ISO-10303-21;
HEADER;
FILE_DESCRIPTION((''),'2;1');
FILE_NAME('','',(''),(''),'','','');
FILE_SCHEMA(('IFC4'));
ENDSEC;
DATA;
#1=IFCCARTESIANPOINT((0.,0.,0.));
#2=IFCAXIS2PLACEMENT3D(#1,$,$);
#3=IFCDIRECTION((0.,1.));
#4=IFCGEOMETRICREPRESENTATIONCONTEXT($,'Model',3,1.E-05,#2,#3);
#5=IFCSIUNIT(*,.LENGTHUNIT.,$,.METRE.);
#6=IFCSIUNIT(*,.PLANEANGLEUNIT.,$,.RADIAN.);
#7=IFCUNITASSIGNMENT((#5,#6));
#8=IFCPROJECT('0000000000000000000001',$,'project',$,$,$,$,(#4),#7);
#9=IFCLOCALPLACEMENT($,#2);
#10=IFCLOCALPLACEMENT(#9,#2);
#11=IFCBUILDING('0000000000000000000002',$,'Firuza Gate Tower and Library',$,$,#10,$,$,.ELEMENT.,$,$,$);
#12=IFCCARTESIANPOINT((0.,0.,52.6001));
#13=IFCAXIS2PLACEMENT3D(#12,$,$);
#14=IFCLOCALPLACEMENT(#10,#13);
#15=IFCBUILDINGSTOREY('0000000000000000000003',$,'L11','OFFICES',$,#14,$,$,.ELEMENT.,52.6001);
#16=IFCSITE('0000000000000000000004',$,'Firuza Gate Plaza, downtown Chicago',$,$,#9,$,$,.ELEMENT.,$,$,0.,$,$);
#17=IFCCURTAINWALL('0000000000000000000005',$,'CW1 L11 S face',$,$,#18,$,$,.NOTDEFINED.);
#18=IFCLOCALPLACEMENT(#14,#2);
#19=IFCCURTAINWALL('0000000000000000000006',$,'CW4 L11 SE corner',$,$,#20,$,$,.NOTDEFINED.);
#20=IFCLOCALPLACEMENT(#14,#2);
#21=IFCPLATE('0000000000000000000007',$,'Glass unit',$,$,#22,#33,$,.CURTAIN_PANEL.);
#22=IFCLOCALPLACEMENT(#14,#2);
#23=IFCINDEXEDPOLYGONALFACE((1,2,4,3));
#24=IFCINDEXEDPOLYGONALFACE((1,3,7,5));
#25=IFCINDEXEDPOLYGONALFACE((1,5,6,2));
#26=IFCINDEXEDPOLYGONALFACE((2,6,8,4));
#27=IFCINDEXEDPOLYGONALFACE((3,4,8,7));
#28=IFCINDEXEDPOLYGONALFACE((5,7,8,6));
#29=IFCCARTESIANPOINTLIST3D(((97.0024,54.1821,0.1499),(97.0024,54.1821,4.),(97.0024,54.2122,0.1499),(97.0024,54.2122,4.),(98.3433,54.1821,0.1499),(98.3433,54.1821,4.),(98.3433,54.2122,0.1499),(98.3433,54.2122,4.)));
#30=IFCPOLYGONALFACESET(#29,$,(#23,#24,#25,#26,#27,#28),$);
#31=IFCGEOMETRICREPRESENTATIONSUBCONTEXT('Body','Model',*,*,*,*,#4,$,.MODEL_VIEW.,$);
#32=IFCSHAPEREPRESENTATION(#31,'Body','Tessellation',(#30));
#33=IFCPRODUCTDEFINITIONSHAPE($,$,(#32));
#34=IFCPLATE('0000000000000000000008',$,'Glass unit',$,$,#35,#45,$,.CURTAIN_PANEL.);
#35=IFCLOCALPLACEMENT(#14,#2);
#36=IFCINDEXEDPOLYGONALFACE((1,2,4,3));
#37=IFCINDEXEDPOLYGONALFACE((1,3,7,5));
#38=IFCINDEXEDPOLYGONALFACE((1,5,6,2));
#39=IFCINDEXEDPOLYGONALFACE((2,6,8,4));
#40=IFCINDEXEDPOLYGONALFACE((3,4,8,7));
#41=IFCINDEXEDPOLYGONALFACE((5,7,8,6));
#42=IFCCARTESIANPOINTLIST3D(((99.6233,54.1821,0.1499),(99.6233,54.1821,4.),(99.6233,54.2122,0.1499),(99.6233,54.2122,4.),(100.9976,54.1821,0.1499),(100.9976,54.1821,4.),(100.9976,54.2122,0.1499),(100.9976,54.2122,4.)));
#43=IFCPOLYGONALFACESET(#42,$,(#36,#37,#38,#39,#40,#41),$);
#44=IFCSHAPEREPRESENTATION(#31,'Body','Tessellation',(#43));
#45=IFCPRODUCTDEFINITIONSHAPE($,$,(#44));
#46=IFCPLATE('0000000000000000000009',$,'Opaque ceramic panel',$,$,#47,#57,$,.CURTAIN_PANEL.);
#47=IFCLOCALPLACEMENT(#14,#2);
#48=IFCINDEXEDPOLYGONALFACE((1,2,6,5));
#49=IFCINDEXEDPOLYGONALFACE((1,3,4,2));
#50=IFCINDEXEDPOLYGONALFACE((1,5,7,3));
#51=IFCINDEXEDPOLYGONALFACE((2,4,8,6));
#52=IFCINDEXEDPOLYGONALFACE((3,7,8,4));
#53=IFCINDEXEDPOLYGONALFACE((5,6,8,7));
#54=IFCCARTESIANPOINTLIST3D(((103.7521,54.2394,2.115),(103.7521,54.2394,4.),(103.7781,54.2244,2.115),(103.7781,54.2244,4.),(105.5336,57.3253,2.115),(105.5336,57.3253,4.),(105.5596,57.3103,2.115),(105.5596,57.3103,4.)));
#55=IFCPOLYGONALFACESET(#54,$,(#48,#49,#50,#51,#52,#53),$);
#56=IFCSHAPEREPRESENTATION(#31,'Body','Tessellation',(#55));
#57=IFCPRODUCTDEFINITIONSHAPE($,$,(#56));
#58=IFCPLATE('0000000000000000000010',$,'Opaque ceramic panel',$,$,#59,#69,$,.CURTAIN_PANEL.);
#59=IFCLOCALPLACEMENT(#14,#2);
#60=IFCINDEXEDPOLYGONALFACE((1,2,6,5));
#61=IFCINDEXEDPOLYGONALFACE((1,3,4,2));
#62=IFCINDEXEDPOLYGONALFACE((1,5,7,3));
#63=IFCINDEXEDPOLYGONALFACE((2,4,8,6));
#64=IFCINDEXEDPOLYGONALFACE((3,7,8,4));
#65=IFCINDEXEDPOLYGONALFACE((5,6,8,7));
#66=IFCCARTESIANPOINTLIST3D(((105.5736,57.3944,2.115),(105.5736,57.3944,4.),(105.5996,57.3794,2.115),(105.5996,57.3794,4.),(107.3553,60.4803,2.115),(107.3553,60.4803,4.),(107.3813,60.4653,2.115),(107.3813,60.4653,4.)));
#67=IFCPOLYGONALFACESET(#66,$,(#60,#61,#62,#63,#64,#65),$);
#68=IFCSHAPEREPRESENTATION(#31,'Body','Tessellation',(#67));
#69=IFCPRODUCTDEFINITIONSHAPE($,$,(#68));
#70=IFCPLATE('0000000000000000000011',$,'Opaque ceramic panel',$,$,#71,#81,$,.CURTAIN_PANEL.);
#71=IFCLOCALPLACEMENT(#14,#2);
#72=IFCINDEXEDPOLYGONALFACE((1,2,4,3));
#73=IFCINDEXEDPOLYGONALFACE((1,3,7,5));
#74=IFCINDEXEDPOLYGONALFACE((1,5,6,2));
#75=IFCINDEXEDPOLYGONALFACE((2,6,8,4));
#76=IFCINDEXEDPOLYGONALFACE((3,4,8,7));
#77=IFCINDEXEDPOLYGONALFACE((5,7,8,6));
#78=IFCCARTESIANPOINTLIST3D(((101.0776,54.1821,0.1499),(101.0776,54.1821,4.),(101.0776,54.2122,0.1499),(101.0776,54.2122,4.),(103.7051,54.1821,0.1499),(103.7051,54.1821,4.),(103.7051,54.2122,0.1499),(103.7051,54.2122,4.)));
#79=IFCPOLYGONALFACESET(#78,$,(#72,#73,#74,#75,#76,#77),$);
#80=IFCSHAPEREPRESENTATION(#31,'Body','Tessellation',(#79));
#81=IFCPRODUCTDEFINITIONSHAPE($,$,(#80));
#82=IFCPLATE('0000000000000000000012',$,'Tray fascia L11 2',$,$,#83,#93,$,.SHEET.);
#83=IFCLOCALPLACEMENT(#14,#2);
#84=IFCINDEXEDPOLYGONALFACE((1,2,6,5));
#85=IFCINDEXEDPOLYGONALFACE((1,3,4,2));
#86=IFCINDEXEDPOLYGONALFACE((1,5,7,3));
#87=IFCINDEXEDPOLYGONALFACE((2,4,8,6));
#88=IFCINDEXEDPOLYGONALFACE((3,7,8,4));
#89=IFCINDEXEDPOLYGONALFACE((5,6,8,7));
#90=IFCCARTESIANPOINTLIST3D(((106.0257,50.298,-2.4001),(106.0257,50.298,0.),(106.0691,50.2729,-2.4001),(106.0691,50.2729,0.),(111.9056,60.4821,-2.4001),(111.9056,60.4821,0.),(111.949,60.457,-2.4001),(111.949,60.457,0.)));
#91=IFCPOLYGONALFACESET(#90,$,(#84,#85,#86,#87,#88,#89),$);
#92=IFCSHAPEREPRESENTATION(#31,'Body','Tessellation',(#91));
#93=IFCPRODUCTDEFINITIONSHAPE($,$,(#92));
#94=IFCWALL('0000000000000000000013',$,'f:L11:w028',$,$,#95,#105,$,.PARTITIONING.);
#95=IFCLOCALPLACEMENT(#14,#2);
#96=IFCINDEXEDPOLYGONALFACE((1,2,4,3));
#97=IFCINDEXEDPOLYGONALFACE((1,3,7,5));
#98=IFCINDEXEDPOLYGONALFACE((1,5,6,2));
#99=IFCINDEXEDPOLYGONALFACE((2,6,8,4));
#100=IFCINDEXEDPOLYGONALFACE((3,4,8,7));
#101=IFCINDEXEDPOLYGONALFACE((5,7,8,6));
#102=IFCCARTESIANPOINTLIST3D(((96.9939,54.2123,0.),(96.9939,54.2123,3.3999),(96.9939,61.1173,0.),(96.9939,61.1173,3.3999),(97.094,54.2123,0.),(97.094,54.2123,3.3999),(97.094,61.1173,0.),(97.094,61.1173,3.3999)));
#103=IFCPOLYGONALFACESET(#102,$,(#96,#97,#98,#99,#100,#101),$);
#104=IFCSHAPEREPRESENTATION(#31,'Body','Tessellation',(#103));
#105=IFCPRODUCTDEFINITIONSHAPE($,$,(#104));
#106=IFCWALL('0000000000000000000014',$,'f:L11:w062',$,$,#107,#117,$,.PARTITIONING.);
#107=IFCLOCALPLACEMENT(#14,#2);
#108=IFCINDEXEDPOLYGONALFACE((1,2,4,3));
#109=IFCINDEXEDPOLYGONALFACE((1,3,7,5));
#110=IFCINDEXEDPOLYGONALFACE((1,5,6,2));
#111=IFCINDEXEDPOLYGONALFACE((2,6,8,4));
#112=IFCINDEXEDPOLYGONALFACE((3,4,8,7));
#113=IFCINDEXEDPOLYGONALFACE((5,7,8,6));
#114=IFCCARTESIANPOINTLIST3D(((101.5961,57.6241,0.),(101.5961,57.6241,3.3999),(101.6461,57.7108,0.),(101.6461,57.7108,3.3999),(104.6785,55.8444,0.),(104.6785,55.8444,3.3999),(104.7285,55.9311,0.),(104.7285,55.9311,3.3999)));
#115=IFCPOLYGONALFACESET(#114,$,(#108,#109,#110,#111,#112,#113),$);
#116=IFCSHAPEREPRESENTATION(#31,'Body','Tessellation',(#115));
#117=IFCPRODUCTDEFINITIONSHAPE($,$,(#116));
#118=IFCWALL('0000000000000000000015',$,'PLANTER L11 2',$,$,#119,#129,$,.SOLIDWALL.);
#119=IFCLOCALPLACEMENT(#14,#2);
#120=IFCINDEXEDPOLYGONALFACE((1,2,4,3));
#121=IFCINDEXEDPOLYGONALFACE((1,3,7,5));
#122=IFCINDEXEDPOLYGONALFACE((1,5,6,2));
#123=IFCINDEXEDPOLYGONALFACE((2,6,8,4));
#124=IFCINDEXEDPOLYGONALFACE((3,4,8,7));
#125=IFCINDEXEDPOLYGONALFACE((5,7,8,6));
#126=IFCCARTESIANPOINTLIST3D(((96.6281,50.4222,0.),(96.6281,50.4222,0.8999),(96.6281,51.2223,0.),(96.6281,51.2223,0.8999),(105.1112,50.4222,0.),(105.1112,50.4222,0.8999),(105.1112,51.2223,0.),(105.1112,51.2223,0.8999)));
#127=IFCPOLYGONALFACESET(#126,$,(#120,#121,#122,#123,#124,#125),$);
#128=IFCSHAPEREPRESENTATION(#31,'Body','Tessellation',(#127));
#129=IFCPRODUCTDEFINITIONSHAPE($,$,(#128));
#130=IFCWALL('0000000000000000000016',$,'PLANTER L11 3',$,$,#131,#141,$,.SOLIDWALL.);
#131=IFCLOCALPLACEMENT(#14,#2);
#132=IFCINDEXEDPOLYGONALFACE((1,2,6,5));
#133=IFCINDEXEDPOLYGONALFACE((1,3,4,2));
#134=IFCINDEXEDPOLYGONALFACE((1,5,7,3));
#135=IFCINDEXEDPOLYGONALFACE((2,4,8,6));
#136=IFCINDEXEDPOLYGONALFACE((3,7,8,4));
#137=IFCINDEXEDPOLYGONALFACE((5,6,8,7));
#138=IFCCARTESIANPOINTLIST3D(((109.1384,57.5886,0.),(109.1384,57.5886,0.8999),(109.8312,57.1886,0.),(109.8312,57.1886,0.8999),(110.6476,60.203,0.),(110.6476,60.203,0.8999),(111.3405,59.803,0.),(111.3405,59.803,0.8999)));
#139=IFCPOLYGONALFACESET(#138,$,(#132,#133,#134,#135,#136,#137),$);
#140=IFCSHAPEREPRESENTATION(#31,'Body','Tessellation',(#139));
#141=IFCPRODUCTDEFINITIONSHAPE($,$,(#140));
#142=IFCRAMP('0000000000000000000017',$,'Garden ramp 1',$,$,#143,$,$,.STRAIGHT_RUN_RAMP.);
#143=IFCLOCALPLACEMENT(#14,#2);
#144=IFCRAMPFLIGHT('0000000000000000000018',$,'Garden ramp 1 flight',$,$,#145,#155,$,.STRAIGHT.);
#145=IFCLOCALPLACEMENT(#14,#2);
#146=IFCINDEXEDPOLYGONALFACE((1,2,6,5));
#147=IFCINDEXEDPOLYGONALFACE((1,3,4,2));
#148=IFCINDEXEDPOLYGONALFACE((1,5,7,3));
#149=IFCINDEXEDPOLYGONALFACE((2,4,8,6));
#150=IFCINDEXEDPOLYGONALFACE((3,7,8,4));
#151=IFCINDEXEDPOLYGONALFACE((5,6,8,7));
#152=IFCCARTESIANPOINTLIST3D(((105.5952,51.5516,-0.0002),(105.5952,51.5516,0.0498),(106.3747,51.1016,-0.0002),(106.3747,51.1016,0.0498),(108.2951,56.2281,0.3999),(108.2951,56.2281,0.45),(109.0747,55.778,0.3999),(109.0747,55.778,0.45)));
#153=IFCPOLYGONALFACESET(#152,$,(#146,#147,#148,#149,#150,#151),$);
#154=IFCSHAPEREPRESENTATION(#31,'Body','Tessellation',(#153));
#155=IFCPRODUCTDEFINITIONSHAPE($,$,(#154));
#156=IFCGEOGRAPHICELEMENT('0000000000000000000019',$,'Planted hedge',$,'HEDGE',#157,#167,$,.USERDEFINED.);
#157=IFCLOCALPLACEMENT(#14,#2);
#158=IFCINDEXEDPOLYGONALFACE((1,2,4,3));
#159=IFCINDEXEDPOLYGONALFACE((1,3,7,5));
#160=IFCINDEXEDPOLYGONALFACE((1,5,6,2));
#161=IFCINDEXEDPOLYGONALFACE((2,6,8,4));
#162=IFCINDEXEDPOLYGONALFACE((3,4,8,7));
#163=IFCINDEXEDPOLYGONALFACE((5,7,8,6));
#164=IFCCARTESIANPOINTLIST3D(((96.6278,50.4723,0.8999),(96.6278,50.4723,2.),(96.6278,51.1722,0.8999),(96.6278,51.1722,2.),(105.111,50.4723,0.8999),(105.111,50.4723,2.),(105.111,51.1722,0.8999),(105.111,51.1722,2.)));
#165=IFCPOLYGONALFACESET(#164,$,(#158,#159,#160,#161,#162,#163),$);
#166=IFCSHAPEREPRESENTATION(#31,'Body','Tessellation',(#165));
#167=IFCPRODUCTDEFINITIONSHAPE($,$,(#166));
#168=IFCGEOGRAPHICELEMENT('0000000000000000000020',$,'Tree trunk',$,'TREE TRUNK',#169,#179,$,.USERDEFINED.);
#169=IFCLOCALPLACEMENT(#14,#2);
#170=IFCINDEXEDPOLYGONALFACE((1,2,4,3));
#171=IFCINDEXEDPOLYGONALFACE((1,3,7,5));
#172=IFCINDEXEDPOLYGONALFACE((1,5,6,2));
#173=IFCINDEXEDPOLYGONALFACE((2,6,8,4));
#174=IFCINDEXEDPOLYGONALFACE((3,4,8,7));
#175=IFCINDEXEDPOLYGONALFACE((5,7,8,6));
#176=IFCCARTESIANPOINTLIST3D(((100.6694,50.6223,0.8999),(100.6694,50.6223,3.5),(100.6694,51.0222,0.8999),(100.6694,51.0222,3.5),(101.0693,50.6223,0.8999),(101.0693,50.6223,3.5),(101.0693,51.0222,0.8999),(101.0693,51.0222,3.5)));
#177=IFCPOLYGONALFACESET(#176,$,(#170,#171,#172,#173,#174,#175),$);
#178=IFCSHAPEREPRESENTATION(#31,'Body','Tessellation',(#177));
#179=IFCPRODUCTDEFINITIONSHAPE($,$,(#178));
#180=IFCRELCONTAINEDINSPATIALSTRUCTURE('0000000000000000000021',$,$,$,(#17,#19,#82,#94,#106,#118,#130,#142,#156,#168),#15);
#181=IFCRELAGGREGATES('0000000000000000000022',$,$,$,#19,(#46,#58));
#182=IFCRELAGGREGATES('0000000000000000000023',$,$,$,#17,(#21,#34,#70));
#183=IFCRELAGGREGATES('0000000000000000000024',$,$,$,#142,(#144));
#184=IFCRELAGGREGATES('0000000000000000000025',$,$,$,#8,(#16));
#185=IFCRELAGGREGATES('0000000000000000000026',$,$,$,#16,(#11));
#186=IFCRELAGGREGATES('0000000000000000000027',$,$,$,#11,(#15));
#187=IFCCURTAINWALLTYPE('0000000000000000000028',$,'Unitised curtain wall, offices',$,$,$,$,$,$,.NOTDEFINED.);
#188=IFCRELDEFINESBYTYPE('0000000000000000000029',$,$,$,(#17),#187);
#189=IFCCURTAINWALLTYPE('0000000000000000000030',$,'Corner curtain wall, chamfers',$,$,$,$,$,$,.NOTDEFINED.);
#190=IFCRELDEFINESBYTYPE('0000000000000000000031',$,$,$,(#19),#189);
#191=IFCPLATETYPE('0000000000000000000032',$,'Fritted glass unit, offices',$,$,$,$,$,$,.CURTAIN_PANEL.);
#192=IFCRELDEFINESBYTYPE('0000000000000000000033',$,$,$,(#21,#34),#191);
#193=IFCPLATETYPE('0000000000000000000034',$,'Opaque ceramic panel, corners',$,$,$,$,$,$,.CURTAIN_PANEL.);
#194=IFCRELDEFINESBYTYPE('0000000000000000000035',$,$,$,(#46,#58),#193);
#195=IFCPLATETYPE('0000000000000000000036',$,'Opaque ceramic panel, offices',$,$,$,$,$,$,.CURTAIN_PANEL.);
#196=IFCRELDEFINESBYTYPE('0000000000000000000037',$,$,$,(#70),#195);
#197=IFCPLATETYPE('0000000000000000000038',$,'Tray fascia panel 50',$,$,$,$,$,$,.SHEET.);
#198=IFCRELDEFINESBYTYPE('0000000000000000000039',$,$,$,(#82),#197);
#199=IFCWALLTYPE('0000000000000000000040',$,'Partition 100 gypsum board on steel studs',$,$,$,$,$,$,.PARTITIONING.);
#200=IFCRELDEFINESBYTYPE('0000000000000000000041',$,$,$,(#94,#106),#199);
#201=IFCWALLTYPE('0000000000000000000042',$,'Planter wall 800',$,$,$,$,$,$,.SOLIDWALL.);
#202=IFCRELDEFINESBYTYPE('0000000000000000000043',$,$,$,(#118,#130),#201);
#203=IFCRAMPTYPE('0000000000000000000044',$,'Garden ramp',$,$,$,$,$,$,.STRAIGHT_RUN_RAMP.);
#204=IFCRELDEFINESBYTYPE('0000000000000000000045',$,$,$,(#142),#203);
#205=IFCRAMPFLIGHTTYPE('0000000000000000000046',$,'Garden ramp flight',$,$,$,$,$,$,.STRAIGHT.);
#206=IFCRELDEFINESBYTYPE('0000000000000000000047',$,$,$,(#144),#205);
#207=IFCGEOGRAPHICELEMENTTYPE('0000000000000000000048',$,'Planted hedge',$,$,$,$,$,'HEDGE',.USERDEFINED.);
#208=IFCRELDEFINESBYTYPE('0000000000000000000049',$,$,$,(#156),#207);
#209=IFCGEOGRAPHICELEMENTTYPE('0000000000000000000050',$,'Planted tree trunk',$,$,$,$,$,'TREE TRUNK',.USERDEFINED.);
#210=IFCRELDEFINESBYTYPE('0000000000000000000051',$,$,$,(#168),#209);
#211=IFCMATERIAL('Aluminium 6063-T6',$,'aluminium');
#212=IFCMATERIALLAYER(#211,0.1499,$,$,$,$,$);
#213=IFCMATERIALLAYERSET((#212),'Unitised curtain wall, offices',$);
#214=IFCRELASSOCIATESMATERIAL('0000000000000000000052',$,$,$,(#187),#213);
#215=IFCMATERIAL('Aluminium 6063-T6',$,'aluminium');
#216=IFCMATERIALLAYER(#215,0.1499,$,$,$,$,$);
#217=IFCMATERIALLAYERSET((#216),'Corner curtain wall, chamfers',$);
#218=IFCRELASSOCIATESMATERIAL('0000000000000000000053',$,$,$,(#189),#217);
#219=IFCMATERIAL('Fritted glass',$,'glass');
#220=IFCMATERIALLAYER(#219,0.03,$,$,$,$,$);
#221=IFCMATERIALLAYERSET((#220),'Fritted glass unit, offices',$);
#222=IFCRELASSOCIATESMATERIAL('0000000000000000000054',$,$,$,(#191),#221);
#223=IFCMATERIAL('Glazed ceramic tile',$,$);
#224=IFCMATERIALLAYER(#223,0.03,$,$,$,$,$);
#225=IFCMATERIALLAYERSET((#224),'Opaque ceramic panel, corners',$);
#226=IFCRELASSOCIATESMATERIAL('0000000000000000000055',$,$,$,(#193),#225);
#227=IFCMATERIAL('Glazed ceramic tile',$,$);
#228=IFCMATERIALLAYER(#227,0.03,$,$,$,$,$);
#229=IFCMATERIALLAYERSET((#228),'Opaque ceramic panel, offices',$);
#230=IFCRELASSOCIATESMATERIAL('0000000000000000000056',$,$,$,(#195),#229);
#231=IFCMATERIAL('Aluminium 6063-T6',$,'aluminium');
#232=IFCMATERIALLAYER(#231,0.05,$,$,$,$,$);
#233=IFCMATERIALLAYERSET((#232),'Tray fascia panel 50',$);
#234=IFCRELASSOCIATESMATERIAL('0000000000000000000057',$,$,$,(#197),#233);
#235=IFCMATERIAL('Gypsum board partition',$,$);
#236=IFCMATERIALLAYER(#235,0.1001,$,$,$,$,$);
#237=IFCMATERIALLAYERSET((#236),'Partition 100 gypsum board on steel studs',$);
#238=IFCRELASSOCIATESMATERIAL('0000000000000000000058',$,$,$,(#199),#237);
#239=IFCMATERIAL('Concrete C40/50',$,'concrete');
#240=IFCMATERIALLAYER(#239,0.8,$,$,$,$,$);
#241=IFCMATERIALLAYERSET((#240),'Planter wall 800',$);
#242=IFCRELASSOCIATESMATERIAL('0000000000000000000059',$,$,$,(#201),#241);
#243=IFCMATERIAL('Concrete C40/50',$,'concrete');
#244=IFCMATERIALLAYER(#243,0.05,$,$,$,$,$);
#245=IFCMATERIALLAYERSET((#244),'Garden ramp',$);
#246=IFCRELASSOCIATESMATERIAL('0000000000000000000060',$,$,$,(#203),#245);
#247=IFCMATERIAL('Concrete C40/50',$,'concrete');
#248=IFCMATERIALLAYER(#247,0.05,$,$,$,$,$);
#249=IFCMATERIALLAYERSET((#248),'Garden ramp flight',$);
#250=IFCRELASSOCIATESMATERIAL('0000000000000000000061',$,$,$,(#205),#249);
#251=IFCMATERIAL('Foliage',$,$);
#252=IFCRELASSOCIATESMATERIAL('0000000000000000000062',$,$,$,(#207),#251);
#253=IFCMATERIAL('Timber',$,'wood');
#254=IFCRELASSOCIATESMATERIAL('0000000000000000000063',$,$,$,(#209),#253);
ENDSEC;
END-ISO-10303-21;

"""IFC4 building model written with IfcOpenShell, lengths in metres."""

from ifc_helpers import new_model, si_unit, direction, frame, frame_2d, origin, origin_2d, place, context, subcontext, project, spatial, polyline, rectangle, outline, extrude, material, layer, layer_set, type_object, element, aggregate, save


model = new_model("IFC4")

# Units and contexts
model_context = context("Model", 3, precision=1e-05, world=origin(), true_north=direction((0.0, 1.0)))
body_context = subcontext(model_context, "Body", "Model", "MODEL_VIEW")
ifc_project = project(units=[si_unit("LENGTHUNIT", "METRE"), si_unit("PLANEANGLEUNIT", "RADIAN")], contexts=[model_context])

# Site, building, storey
site_placement = place(None, origin())
site = spatial("IfcSite", under=ifc_project, at=site_placement, Name="Firuza Gate Plaza, downtown Chicago", CompositionType="ELEMENT", RefElevation=0.0)
building_placement = place(site_placement, origin())
building = spatial("IfcBuilding", under=site, at=building_placement, Name="Firuza Gate Tower and Library", CompositionType="ELEMENT")
storey_placement = place(building_placement, frame((0.0, 0.0, 52.6001)))
storey = spatial("IfcBuildingStorey", under=building, at=storey_placement, Name="L11", Description="OFFICES", CompositionType="ELEMENT", Elevation=52.6001)

# Curtain walls
ifc_material_1 = material(Name="Aluminium 6063-T6", Category="aluminium")
ifc_layer_1 = layer(ifc_material_1, 0.1499)
ifc_layer_set_1 = layer_set([ifc_layer_1], Name="Unitised curtain wall, offices")
curtain_wall_type_1 = type_object("IfcCurtainWallType", Name="Unitised curtain wall, offices", PredefinedType="NOTDEFINED", material=ifc_layer_set_1)
placement_1 = place(storey_placement, origin())
curtain_wall_1 = element("IfcCurtainWall", 1, at=placement_1, inside=storey, type_object=curtain_wall_type_1, Name="CW1 L11 S face", PredefinedType="NOTDEFINED")
ifc_material_2 = material(Name="Aluminium 6063-T6", Category="aluminium")
ifc_layer_2 = layer(ifc_material_2, 0.1499)
ifc_layer_set_2 = layer_set([ifc_layer_2], Name="Corner curtain wall, chamfers")
curtain_wall_type_2 = type_object("IfcCurtainWallType", Name="Corner curtain wall, chamfers", PredefinedType="NOTDEFINED", material=ifc_layer_set_2)
curtain_wall_2 = element("IfcCurtainWall", 2, at=placement_1, inside=storey, type_object=curtain_wall_type_2, Name="CW4 L11 SE corner", PredefinedType="NOTDEFINED")

# Plates
ifc_material_3 = material(Name="Fritted glass", Category="glass")
ifc_layer_3 = layer(ifc_material_3, 0.03)
ifc_layer_set_3 = layer_set([ifc_layer_3], Name="Fritted glass unit, offices")
plate_type_1 = type_object("IfcPlateType", Name="Fritted glass unit, offices", PredefinedType="CURTAIN_PANEL", material=ifc_layer_set_3)
plate_1_placement = place(storey_placement, frame((97.0024, 54.1821, 0.1499), z_axis=(0.0, -1.0, 0.0), x_axis=(1.0, 0.0, 0.0)))
plate_1 = element("IfcPlate", 3, at=plate_1_placement, type_object=plate_type_1, Name="Glass unit", PredefinedType="CURTAIN_PANEL", context=body_context, shape_type="SweptSolid", body=[
    extrude(outline(polyline([(0.0, 0.0), (1.3408, 0.0), (1.3408, 3.8501), (0.0, 3.8501), (0.0, 0.0)])), origin(), (0.0, 0.0, -1.0), 0.03),
])
plate_2_placement = place(storey_placement, frame((99.6233, 54.1821, 0.1499), z_axis=(0.0, -1.0, 0.0), x_axis=(1.0, 0.0, 0.0)))
plate_2 = element("IfcPlate", 4, at=plate_2_placement, type_object=plate_type_1, Name="Glass unit", PredefinedType="CURTAIN_PANEL", context=body_context, shape_type="SweptSolid", body=[
    extrude(outline(polyline([(0.0, 0.0), (1.3743, 0.0), (1.3743, 3.8501), (0.0, 3.8501), (0.0, 0.0)])), origin(), (0.0, 0.0, -1.0), 0.03),
])
ifc_material_4 = material(Name="Glazed ceramic tile")
ifc_layer_4 = layer(ifc_material_4, 0.03)
ifc_layer_set_4 = layer_set([ifc_layer_4], Name="Opaque ceramic panel, corners")
plate_type_2 = type_object("IfcPlateType", Name="Opaque ceramic panel, corners", PredefinedType="CURTAIN_PANEL", material=ifc_layer_set_4)
plate_3_placement = place(storey_placement, frame((103.7781, 54.2244, 2.115), z_axis=(0.866046, -0.499964, 0.0), x_axis=(0.499964, 0.866046, 0.0)))
plate_3 = element("IfcPlate", 5, at=plate_3_placement, type_object=plate_type_2, Name="Opaque ceramic panel", PredefinedType="CURTAIN_PANEL", context=body_context, shape_type="SweptSolid", body=[
    extrude(outline(polyline([(0.0, 0.0), (3.5632, 0.0), (3.5632, 1.885), (0.0, 1.885), (0.0, 0.0)])), origin(), (0.0, 0.0, -1.0), 0.03),
])
plate_4_placement = place(storey_placement, frame((105.5996, 57.3794, 2.115), z_axis=(0.866017, -0.500015, 0.0), x_axis=(0.500015, 0.866017, 0.0)))
plate_4 = element("IfcPlate", 6, at=plate_4_placement, type_object=plate_type_2, Name="Opaque ceramic panel", PredefinedType="CURTAIN_PANEL", context=body_context, shape_type="SweptSolid", body=[
    extrude(outline(polyline([(0.0, 0.0), (3.5634, 0.0), (3.5634, 1.885), (0.0, 1.885), (0.0, 0.0)])), origin(), (0.0, 0.0, -1.0), 0.03),
])
aggregate(curtain_wall_2, [plate_3, plate_4])
ifc_material_5 = material(Name="Glazed ceramic tile")
ifc_layer_5 = layer(ifc_material_5, 0.03)
ifc_layer_set_5 = layer_set([ifc_layer_5], Name="Opaque ceramic panel, offices")
plate_type_3 = type_object("IfcPlateType", Name="Opaque ceramic panel, offices", PredefinedType="CURTAIN_PANEL", material=ifc_layer_set_5)
plate_5_placement = place(storey_placement, frame((101.0776, 54.1821, 0.1499), z_axis=(0.0, -1.0, 0.0), x_axis=(1.0, 0.0, 0.0)))
plate_5 = element("IfcPlate", 7, at=plate_5_placement, type_object=plate_type_3, Name="Opaque ceramic panel", PredefinedType="CURTAIN_PANEL", context=body_context, shape_type="SweptSolid", body=[
    extrude(outline(polyline([(0.0, 0.0), (2.6274, 0.0), (2.6274, 3.8501), (0.0, 3.8501), (0.0, 0.0)])), origin(), (0.0, 0.0, -1.0), 0.03),
])
ifc_material_6 = material(Name="Aluminium 6063-T6", Category="aluminium")
ifc_layer_6 = layer(ifc_material_6, 0.05)
ifc_layer_set_6 = layer_set([ifc_layer_6], Name="Tray fascia panel 50")
plate_type_4 = type_object("IfcPlateType", Name="Tray fascia panel 50", PredefinedType="SHEET", material=ifc_layer_set_6)
plate_6_placement = place(storey_placement, frame((106.0691, 50.2729, -2.4001), z_axis=(0.866022, -0.500006, 0.0), x_axis=(0.500006, 0.866022, 0.0)))
element("IfcPlate", 8, at=plate_6_placement, inside=storey, type_object=plate_type_4, Name="Tray fascia L11 2", PredefinedType="SHEET", context=body_context, shape_type="SweptSolid", body=[
    extrude(outline(polyline([(0.0, 0.0), (11.7596, 0.0), (11.7596, 2.4001), (0.0, 2.4001), (0.0, 0.0)])), origin(), (0.0, 0.0, -1.0), 0.05),
])

# Walls
ifc_material_7 = material(Name="Gypsum board partition")
ifc_layer_7 = layer(ifc_material_7, 0.1001)
ifc_layer_set_7 = layer_set([ifc_layer_7], Name="Partition 100 gypsum board on steel studs")
wall_type_1 = type_object("IfcWallType", Name="Partition 100 gypsum board on steel studs", PredefinedType="PARTITIONING", material=ifc_layer_set_7)
wall_1_placement = place(storey_placement, frame((97.0439, 54.2122, 0.0), z_axis=(0.0, 0.0, 1.0), x_axis=(0.0, 1.0, 0.0)))
element("IfcWall", 9, at=wall_1_placement, inside=storey, type_object=wall_type_1, Name="f:L11:w028", PredefinedType="PARTITIONING", context=body_context, shape_type="SweptSolid", body=[
    extrude(rectangle(XDim=6.905, YDim=0.1001, at=frame_2d((3.4526, 0.0))), origin(), (0.0, 0.0, 1.0), 3.3999),
])
wall_2_placement = place(storey_placement, frame((104.7036, 55.8877, 0.0), z_axis=(0.0, 0.0, 1.0), x_axis=(-0.866014, 0.500019, 0.0)))
element("IfcWall", 10, at=wall_2_placement, inside=storey, type_object=wall_type_1, Name="f:L11:w062", PredefinedType="PARTITIONING", context=body_context, shape_type="SweptSolid", body=[
    extrude(rectangle(XDim=3.5593, YDim=0.1001, at=frame_2d((1.7798, 0.0))), origin(), (0.0, 0.0, 1.0), 3.3999),
])
ifc_material_8 = material(Name="Concrete C40/50", Category="concrete")
ifc_layer_8 = layer(ifc_material_8, 0.8)
ifc_layer_set_8 = layer_set([ifc_layer_8], Name="Planter wall 800")
wall_type_2 = type_object("IfcWallType", Name="Planter wall 800", PredefinedType="SOLIDWALL", material=ifc_layer_set_8)
wall_3_placement = place(storey_placement, frame((96.6279, 50.8223, 0.0), z_axis=(0.0, 0.0, 1.0), x_axis=(1.0, 0.0, 0.0)))
element("IfcWall", 11, at=wall_3_placement, inside=storey, type_object=wall_type_2, Name="PLANTER L11 2", PredefinedType="SOLIDWALL", context=body_context, shape_type="SweptSolid", body=[
    extrude(rectangle(XDim=8.4832, YDim=0.8, at=frame_2d((4.2417, 0.0))), origin(), (0.0, 0.0, 1.0), 0.8999),
])
wall_4_placement = place(storey_placement, frame((109.4849, 57.3887, 0.0), z_axis=(0.0, 0.0, 1.0), x_axis=(0.499949, 0.866055, 0.0)))
element("IfcWall", 12, at=wall_4_placement, inside=storey, type_object=wall_type_2, Name="PLANTER L11 3", PredefinedType="SOLIDWALL", context=body_context, shape_type="SweptSolid", body=[
    extrude(rectangle(XDim=3.0188, YDim=0.8, at=frame_2d((1.5093, 0.0))), origin(), (0.0, 0.0, 1.0), 0.8999),
])

aggregate(curtain_wall_1, [plate_1, plate_2, plate_5])

# Ramp, ramp flight
ifc_material_9 = material(Name="Concrete C40/50", Category="concrete")
ifc_layer_9 = layer(ifc_material_9, 0.05)
ifc_layer_set_9 = layer_set([ifc_layer_9], Name="Garden ramp")
ramp_type = type_object("IfcRampType", Name="Garden ramp", PredefinedType="STRAIGHT_RUN_RAMP", material=ifc_layer_set_9)
ramp = element("IfcRamp", 13, at=placement_1, inside=storey, type_object=ramp_type, Name="Garden ramp 1", PredefinedType="STRAIGHT_RUN_RAMP")
ifc_material_10 = material(Name="Concrete C40/50", Category="concrete")
ifc_layer_10 = layer(ifc_material_10, 0.05)
ifc_layer_set_10 = layer_set([ifc_layer_10], Name="Garden ramp flight")
ramp_flight_type = type_object("IfcRampFlightType", Name="Garden ramp flight", PredefinedType="STRAIGHT", material=ifc_layer_set_10)
ramp_flight_placement = place(storey_placement, frame((105.9849, 51.3267, -0.0002), z_axis=(0.0, 0.0, 1.0), x_axis=(0.499995, 0.866028, 0.0)))
ramp_flight = element("IfcRampFlight", 14, at=ramp_flight_placement, type_object=ramp_flight_type, Name="Garden ramp 1 flight", PredefinedType="STRAIGHT", context=body_context, shape_type="SweptSolid", body=[
    extrude(outline(polyline([(0.0, 0.05), (5.3999, 0.4502), (5.3999, 0.4001), (0.0, 0.0), (0.0, 0.05)])), frame((0.0, 0.45, 0.0), z_axis=(0.0, -1.0, 0.0), x_axis=(1.0, 0.0, 0.0)), (0.0, 0.0, 1.0), 0.9001),
])
aggregate(ramp, [ramp_flight])

# Geographic elements
ifc_material_11 = material(Name="Foliage")
geographic_element_type_1 = type_object("IfcGeographicElementType", Name="Planted hedge", ElementType="HEDGE", PredefinedType="USERDEFINED", material=ifc_material_11)
placement_2 = place(storey_placement, frame((100.8694, 50.8223, 0.8999), z_axis=(0.0, 0.0, 1.0), x_axis=(1.0, 0.0, 0.0)))
element("IfcGeographicElement", 15, at=placement_2, inside=storey, type_object=geographic_element_type_1, Name="Planted hedge", ObjectType="HEDGE", PredefinedType="USERDEFINED", context=body_context, shape_type="SweptSolid", body=[
    extrude(rectangle(XDim=8.4832, YDim=0.7, at=origin_2d()), origin(), (0.0, 0.0, 1.0), 1.1001),
])
ifc_material_12 = material(Name="Timber", Category="wood")
geographic_element_type_2 = type_object("IfcGeographicElementType", Name="Planted tree trunk", ElementType="TREE TRUNK", PredefinedType="USERDEFINED", material=ifc_material_12)
element("IfcGeographicElement", 16, at=placement_2, inside=storey, type_object=geographic_element_type_2, Name="Tree trunk", ObjectType="TREE TRUNK", PredefinedType="USERDEFINED", context=body_context, shape_type="SweptSolid", body=[
    extrude(rectangle(XDim=0.3999, YDim=0.3999, at=origin_2d()), origin(), (0.0, 0.0, 1.0), 2.6001),
])

save(model, "model.ifc")
